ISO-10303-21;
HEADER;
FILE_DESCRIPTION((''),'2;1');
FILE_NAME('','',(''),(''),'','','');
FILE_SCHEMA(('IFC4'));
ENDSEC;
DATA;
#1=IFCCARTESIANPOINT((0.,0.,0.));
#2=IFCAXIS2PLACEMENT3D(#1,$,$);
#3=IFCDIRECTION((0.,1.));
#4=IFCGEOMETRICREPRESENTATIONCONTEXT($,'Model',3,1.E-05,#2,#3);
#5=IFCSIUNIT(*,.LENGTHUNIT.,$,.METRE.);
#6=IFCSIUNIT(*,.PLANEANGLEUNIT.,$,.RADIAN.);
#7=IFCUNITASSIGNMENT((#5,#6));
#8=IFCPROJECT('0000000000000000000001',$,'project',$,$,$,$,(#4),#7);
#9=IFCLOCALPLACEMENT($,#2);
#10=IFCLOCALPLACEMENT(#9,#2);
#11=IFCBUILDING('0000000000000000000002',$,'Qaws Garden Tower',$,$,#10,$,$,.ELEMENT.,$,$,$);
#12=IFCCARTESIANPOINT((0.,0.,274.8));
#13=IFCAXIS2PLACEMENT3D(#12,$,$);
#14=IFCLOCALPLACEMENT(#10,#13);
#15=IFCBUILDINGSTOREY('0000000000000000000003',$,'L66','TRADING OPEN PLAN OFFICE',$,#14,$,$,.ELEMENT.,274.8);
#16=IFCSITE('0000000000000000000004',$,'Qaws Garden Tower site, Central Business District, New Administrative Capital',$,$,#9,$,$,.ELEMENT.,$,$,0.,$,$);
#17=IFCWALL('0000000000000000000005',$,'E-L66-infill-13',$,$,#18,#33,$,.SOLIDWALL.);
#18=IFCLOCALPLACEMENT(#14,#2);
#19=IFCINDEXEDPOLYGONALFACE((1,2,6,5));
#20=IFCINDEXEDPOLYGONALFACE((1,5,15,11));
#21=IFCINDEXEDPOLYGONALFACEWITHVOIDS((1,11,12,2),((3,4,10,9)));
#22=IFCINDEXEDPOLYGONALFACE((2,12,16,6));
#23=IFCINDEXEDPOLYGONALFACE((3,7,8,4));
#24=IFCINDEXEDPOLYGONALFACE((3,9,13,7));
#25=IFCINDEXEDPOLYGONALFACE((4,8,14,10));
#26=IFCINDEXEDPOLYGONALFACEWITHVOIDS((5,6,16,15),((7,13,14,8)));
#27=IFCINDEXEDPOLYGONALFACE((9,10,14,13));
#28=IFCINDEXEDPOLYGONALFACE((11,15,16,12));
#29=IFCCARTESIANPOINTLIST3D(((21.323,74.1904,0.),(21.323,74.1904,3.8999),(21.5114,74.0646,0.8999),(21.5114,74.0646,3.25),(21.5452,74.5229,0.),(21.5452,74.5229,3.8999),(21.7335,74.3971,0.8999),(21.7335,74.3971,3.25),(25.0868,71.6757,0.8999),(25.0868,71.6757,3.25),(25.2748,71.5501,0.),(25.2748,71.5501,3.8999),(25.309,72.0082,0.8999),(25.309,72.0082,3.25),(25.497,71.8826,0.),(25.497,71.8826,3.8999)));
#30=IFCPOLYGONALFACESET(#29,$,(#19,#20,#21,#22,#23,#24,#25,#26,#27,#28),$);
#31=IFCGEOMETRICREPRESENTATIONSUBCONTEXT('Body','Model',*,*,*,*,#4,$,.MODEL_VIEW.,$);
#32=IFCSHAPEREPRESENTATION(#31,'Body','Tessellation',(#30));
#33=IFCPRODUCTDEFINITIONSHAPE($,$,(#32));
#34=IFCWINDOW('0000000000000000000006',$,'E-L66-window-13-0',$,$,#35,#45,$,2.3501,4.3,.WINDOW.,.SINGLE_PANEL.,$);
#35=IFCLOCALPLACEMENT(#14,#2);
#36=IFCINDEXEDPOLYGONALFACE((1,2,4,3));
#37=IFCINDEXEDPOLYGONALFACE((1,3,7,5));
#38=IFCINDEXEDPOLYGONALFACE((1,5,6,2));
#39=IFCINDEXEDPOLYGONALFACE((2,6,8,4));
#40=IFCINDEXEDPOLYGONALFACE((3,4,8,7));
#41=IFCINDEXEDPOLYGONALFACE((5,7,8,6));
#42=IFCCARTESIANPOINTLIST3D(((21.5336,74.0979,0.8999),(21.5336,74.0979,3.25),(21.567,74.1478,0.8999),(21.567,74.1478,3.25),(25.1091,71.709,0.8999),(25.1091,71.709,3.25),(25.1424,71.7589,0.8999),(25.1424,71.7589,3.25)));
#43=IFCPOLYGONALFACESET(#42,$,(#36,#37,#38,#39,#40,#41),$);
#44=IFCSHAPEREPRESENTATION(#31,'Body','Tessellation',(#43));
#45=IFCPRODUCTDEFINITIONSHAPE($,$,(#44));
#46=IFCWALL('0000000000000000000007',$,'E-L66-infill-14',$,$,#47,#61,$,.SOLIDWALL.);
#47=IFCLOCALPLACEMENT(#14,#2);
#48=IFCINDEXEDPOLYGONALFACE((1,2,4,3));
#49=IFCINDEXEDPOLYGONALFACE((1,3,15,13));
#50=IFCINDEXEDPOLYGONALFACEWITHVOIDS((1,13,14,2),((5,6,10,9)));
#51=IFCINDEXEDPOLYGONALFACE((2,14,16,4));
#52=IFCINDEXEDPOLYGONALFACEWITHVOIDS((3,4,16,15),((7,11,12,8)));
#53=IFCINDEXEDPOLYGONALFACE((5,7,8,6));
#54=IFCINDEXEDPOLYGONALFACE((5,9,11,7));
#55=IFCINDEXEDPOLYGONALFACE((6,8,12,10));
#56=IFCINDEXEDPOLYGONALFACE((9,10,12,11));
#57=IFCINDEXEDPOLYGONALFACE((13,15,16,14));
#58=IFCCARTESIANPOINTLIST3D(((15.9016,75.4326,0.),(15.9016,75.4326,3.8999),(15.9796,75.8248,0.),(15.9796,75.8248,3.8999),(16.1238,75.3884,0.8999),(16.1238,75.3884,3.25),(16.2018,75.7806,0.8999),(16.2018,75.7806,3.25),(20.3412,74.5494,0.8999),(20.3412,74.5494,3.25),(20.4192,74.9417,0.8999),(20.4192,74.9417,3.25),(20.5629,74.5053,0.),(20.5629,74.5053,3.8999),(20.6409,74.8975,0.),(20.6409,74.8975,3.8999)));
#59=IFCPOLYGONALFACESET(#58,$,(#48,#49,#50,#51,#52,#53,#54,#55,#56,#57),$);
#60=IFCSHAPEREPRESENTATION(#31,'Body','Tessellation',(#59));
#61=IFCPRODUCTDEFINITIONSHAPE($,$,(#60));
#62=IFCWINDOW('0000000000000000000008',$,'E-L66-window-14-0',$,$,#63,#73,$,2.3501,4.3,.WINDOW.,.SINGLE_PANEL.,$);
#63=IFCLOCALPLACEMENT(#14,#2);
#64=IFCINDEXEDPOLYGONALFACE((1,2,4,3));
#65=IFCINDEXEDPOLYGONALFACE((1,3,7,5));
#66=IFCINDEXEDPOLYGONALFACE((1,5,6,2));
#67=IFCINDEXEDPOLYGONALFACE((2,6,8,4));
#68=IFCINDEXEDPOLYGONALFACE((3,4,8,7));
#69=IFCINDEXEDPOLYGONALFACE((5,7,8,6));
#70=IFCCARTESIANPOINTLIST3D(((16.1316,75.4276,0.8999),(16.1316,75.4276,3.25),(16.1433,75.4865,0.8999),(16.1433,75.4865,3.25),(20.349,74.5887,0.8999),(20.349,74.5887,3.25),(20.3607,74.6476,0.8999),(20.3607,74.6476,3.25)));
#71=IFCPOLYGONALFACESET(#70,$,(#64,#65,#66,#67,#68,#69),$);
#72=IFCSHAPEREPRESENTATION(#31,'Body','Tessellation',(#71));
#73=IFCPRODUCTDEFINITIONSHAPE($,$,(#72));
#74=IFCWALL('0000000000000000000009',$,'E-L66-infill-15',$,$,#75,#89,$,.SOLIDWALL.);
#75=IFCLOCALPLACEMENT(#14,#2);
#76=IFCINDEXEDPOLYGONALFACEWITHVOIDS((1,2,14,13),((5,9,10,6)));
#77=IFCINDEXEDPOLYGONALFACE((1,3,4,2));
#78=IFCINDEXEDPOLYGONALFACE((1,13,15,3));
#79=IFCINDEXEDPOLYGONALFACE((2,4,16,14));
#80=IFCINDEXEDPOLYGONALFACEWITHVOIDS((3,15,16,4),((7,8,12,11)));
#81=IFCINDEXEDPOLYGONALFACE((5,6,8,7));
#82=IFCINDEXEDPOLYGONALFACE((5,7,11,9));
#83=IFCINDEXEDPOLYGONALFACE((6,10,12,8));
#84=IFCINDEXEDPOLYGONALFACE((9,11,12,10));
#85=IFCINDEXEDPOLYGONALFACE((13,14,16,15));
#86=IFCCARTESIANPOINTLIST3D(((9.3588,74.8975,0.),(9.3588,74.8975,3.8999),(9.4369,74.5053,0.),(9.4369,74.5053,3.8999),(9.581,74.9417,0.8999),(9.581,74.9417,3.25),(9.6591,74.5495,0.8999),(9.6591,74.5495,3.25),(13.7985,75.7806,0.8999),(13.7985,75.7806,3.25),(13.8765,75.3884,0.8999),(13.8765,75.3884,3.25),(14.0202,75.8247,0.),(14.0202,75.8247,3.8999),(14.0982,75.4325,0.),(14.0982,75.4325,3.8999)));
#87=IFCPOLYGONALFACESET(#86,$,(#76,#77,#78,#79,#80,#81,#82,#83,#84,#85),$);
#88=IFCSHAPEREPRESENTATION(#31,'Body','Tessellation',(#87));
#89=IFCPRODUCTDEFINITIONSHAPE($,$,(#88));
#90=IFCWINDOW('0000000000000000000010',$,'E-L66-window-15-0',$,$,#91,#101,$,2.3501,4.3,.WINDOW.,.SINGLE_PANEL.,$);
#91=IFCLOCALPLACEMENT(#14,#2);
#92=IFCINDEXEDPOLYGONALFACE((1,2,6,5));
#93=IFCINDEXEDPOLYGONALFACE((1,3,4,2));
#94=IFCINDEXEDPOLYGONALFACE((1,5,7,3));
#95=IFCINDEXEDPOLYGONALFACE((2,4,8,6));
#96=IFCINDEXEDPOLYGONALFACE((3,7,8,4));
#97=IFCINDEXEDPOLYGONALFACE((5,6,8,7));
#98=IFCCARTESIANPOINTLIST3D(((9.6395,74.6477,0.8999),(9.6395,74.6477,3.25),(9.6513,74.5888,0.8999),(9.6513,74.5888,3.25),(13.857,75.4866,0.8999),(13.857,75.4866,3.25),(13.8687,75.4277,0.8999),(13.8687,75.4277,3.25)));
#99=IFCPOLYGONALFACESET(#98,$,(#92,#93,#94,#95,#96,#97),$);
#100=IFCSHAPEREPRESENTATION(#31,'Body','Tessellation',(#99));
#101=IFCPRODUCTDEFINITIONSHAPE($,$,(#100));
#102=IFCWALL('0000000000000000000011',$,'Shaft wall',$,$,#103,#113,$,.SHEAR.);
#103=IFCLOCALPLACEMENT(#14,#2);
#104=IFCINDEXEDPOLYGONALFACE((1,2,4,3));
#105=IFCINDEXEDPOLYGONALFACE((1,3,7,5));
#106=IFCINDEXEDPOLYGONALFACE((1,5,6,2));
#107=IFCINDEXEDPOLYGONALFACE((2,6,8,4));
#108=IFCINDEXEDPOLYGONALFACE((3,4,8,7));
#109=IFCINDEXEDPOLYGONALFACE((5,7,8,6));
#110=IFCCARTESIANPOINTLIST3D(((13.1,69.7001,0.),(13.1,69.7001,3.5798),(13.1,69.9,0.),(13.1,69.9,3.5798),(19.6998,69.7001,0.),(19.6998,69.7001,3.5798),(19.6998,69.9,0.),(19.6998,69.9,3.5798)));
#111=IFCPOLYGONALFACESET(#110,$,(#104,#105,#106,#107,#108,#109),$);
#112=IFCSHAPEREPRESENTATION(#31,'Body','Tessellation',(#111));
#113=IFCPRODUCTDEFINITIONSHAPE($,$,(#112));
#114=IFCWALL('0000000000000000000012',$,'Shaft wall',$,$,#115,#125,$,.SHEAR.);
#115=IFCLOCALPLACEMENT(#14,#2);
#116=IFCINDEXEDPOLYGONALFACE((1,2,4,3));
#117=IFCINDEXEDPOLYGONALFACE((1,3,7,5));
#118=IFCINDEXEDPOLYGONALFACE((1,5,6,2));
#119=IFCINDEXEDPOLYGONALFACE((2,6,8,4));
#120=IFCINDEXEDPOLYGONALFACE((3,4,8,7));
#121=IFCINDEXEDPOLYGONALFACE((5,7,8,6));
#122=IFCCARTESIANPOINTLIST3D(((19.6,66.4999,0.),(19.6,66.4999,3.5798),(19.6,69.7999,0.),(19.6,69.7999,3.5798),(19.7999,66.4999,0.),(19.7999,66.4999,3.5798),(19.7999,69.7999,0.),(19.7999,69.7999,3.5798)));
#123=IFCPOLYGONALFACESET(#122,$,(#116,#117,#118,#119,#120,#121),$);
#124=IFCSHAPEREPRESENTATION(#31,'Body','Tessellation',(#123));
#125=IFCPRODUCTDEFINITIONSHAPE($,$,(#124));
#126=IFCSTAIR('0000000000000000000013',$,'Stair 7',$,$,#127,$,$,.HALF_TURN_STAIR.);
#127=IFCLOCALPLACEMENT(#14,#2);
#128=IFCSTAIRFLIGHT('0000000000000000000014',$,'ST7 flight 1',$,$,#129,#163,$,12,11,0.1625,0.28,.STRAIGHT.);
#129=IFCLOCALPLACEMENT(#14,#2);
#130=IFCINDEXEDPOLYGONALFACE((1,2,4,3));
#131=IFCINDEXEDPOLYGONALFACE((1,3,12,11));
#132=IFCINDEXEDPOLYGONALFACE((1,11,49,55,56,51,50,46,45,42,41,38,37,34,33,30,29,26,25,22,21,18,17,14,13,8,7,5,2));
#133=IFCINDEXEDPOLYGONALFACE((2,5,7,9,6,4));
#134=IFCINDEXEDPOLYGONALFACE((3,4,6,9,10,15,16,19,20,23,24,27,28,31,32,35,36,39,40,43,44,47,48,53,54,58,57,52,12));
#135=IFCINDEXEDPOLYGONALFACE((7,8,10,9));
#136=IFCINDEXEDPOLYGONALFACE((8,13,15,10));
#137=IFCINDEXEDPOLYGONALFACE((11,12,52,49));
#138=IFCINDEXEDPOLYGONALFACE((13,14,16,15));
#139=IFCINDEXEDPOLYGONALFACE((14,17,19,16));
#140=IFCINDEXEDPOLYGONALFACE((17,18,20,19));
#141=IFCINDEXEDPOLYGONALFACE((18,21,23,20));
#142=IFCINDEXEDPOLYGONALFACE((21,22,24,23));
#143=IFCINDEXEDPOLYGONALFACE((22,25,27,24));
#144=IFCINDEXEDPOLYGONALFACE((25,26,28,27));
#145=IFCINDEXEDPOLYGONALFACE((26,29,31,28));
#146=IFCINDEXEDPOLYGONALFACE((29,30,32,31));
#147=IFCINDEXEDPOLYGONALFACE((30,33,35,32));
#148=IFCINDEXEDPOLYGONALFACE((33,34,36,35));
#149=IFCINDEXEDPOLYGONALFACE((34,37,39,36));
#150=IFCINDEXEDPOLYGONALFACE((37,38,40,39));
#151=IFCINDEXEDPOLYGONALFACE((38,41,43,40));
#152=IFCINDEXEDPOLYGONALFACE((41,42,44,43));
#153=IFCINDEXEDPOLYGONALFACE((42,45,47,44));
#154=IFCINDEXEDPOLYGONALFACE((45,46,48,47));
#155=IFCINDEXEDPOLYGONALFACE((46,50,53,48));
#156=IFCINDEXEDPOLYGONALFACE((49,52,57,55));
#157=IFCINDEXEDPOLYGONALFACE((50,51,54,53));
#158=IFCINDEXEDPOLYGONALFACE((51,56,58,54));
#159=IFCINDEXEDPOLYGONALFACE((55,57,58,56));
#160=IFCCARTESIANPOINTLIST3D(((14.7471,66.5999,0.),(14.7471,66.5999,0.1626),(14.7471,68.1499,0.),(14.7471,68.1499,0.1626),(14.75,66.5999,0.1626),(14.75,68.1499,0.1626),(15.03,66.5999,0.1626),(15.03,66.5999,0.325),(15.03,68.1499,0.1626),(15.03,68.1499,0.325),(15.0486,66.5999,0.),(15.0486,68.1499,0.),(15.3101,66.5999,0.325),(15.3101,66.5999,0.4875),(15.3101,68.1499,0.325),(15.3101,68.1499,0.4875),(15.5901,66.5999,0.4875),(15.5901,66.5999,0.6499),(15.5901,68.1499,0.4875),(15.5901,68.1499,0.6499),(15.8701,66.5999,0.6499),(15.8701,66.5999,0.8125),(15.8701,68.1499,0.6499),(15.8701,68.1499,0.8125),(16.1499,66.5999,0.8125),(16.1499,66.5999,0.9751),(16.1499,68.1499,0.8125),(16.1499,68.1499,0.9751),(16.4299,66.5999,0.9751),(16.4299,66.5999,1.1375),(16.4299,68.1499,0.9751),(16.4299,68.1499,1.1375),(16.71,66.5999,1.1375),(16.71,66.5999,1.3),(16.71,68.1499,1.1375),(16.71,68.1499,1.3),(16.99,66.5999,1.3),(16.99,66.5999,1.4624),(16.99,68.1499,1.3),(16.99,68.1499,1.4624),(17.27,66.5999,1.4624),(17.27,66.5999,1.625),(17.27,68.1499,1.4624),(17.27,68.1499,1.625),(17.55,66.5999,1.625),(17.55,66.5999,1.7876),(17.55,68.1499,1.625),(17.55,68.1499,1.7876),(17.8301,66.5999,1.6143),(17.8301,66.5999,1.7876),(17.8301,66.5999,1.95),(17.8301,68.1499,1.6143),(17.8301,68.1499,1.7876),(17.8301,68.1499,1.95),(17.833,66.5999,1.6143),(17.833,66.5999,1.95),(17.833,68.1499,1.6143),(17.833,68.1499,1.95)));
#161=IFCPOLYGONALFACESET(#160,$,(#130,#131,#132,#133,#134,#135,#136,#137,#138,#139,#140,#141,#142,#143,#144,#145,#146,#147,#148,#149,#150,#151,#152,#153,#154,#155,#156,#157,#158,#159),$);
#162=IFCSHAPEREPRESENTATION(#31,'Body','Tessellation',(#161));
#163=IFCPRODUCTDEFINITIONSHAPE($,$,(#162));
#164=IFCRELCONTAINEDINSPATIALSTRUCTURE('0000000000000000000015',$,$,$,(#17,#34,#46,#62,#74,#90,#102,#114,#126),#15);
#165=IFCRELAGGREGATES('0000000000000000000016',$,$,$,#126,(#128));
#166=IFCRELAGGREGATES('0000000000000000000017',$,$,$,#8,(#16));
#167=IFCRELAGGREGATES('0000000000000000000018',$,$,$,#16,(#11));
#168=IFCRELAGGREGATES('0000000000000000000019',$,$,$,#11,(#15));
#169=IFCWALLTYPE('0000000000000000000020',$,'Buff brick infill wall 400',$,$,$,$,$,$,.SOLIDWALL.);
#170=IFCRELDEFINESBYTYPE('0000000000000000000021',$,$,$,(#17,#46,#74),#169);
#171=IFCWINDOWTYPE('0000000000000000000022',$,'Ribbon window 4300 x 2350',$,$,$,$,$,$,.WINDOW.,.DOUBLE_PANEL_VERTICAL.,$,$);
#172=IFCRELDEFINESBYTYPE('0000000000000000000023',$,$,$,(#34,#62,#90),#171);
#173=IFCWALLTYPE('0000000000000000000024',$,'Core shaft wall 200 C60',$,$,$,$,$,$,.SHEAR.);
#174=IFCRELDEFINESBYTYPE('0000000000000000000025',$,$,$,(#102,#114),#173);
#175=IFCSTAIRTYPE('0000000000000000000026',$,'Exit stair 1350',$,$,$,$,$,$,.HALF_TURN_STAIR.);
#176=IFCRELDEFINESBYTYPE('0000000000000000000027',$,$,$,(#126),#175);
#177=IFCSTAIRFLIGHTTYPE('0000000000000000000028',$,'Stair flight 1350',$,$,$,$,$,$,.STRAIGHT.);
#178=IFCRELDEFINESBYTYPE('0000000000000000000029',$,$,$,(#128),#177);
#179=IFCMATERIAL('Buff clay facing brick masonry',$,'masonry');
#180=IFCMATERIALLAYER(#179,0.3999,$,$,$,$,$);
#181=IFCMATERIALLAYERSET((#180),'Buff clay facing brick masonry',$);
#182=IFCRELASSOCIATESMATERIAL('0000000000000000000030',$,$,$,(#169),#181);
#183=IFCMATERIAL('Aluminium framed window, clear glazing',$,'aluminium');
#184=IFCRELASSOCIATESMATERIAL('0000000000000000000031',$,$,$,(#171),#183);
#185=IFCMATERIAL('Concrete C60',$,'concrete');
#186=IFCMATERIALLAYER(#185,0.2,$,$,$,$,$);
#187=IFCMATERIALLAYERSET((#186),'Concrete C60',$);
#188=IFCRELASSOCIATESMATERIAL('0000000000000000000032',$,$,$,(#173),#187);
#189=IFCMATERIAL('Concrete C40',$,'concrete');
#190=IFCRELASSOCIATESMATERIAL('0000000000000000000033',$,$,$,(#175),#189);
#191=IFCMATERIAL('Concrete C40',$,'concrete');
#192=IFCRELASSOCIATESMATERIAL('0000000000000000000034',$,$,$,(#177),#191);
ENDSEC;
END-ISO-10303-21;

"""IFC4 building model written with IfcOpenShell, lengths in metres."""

from ifc_helpers import new_model, si_unit, direction, frame, frame_2d, origin, place, context, subcontext, project, spatial, polyline, rectangle, outline, extrude, material, layer, layer_set, type_object, element, fill, aggregate, save


model = new_model("IFC4")

# Units and contexts
model_context = context("Model", 3, precision=1e-05, world=origin(), true_north=direction((0.0, 1.0)))
body_context = subcontext(model_context, "Body", "Model", "MODEL_VIEW")
ifc_project = project(units=[si_unit("LENGTHUNIT", "METRE"), si_unit("PLANEANGLEUNIT", "RADIAN")], contexts=[model_context])

# Site, building, storey
site_placement = place(None, origin())
site = spatial("IfcSite", under=ifc_project, at=site_placement, Name="Qaws Garden Tower site, Central Business District, New Administrative Capital", CompositionType="ELEMENT", RefElevation=0.0)
building_placement = place(site_placement, origin())
building = spatial("IfcBuilding", under=site, at=building_placement, Name="Qaws Garden Tower", CompositionType="ELEMENT")
storey_placement = place(building_placement, frame((0.0, 0.0, 274.8)))
storey = spatial("IfcBuildingStorey", under=building, at=storey_placement, Name="L66", Description="TRADING OPEN PLAN OFFICE", CompositionType="ELEMENT", Elevation=274.8)

# Walls, openings, windows
ifc_material_1 = material(Name="Buff clay facing brick masonry", Category="masonry")
ifc_layer_1 = layer(ifc_material_1, 0.3999)
ifc_layer_set_1 = layer_set([ifc_layer_1], Name="Buff clay facing brick masonry")
wall_type_1 = type_object("IfcWallType", Name="Buff brick infill wall 400", PredefinedType="SOLIDWALL", material=ifc_layer_set_1)
ifc_material_2 = material(Name="Aluminium framed window, clear glazing", Category="aluminium")
window_type = type_object("IfcWindowType", Name="Ribbon window 4300 x 2350", PartitioningType="DOUBLE_PANEL_VERTICAL", PredefinedType="WINDOW", material=ifc_material_2)
wall_1_placement = place(storey_placement, frame((25.386, 71.7163, 0.0), z_axis=(0.0, 0.0, 1.0), x_axis=(-0.831489, 0.555542, 0.0)))
wall_1 = element("IfcWall", 1, at=wall_1_placement, inside=storey, type_object=wall_type_1, Name="E-L66-infill-13", PredefinedType="SOLIDWALL", context=body_context, shape_type="SweptSolid", body=[
    extrude(rectangle(XDim=4.7527, YDim=0.3999, at=frame_2d((2.3765, 0.0))), origin(), (0.0, 0.0, 1.0), 3.8999),
])
opening_1_placement = place(wall_1_placement, frame((0.2263, 0.0, 0.8999)))
opening_1 = element("IfcOpeningElement", 2, at=opening_1_placement, cuts=wall_1, PredefinedType="OPENING", context=body_context, shape_type="SweptSolid", body=[
    extrude(rectangle(XDim=4.3, YDim=2.3501, at=frame_2d((2.1499, 1.175))), frame((0.0, 0.21, 0.0), z_axis=(0.0, -1.0, 0.0), x_axis=(1.0, 0.0, 0.0)), (0.0, 0.0, 1.0), 0.4199),
])
window_1_placement = place(opening_1_placement, origin())
window_1 = element("IfcWindow", 3, at=window_1_placement, inside=storey, type_object=window_type, Name="E-L66-window-13-0", OverallHeight=2.3501, OverallWidth=4.3, PartitioningType="SINGLE_PANEL", PredefinedType="WINDOW", context=body_context, shape_type="SweptSolid", body=[
    extrude(rectangle(XDim=4.3, YDim=2.3501, at=frame_2d((2.1499, 1.175))), frame((0.0, 0.1599, 0.0), z_axis=(0.0, -1.0, 0.0), x_axis=(1.0, 0.0, 0.0)), (0.0, 0.0, 1.0), 0.0601),
])
fill(opening_1, window_1)
wall_2_placement = place(storey_placement, frame((20.6021, 74.7014, 0.0), z_axis=(0.0, 0.0, 1.0), x_axis=(-0.980784, 0.195099, 0.0)))
wall_2 = element("IfcWall", 4, at=wall_2_placement, inside=storey, type_object=wall_type_1, Name="E-L66-infill-14", PredefinedType="SOLIDWALL", context=body_context, shape_type="SweptSolid", body=[
    extrude(rectangle(XDim=4.7527, YDim=0.3999, at=frame_2d((2.3765, 0.0))), origin(), (0.0, 0.0, 1.0), 3.8999),
])
opening_2_placement = place(wall_2_placement, frame((0.2263, 0.0, 0.8999)))
opening_2 = element("IfcOpeningElement", 5, at=opening_2_placement, cuts=wall_2, PredefinedType="OPENING", context=body_context, shape_type="SweptSolid", body=[
    extrude(rectangle(XDim=4.3, YDim=2.3501, at=frame_2d((2.1499, 1.175))), frame((0.0, 0.21, 0.0), z_axis=(0.0, -1.0, 0.0), x_axis=(1.0, 0.0, 0.0)), (0.0, 0.0, 1.0), 0.4199),
])
window_2_placement = place(opening_2_placement, origin())
window_2 = element("IfcWindow", 6, at=window_2_placement, inside=storey, type_object=window_type, Name="E-L66-window-14-0", OverallHeight=2.3501, OverallWidth=4.3, PartitioningType="SINGLE_PANEL", PredefinedType="WINDOW", context=body_context, shape_type="SweptSolid", body=[
    extrude(rectangle(XDim=4.3, YDim=2.3501, at=frame_2d((2.1499, 1.175))), frame((0.0, 0.1599, 0.0), z_axis=(0.0, -1.0, 0.0), x_axis=(1.0, 0.0, 0.0)), (0.0, 0.0, 1.0), 0.0601),
])
fill(opening_2, window_2)
wall_3_placement = place(storey_placement, frame((14.0593, 75.6287, 0.0), z_axis=(0.0, 0.0, 1.0), x_axis=(-0.980784, -0.195099, 0.0)))
wall_3 = element("IfcWall", 7, at=wall_3_placement, inside=storey, type_object=wall_type_1, Name="E-L66-infill-15", PredefinedType="SOLIDWALL", context=body_context, shape_type="SweptSolid", body=[
    extrude(rectangle(XDim=4.7527, YDim=0.3999, at=frame_2d((2.3765, 0.0))), origin(), (0.0, 0.0, 1.0), 3.8999),
])
opening_3_placement = place(wall_3_placement, frame((0.2263, 0.0, 0.8999)))
opening_3 = element("IfcOpeningElement", 8, at=opening_3_placement, cuts=wall_3, PredefinedType="OPENING", context=body_context, shape_type="SweptSolid", body=[
    extrude(rectangle(XDim=4.3, YDim=2.3501, at=frame_2d((2.1499, 1.175))), frame((0.0, 0.21, 0.0), z_axis=(0.0, -1.0, 0.0), x_axis=(1.0, 0.0, 0.0)), (0.0, 0.0, 1.0), 0.4199),
])
window_3_placement = place(opening_3_placement, origin())
window_3 = element("IfcWindow", 9, at=window_3_placement, inside=storey, type_object=window_type, Name="E-L66-window-15-0", OverallHeight=2.3501, OverallWidth=4.3, PartitioningType="SINGLE_PANEL", PredefinedType="WINDOW", context=body_context, shape_type="SweptSolid", body=[
    extrude(rectangle(XDim=4.3, YDim=2.3501, at=frame_2d((2.1499, 1.175))), frame((0.0, 0.1599, 0.0), z_axis=(0.0, -1.0, 0.0), x_axis=(1.0, 0.0, 0.0)), (0.0, 0.0, 1.0), 0.0601),
])
fill(opening_3, window_3)

# Walls
ifc_material_3 = material(Name="Concrete C60", Category="concrete")
ifc_layer_2 = layer(ifc_material_3, 0.2)
ifc_layer_set_2 = layer_set([ifc_layer_2], Name="Concrete C60")
wall_type_2 = type_object("IfcWallType", Name="Core shaft wall 200 C60", PredefinedType="SHEAR", material=ifc_layer_set_2)
wall_4_placement = place(storey_placement, frame((13.1001, 69.8, 0.0), z_axis=(0.0, 0.0, 1.0), x_axis=(1.0, 0.0, 0.0)))
element("IfcWall", 10, at=wall_4_placement, inside=storey, type_object=wall_type_2, Name="Shaft wall", PredefinedType="SHEAR", context=body_context, shape_type="SweptSolid", body=[
    extrude(rectangle(XDim=6.5999, YDim=0.2, at=frame_2d((3.2998, 0.0))), origin(), (0.0, 0.0, 1.0), 3.5798),
])
wall_5_placement = place(storey_placement, frame((19.7, 66.5, 0.0), z_axis=(0.0, 0.0, 1.0), x_axis=(0.0, 1.0, 0.0)))
element("IfcWall", 11, at=wall_5_placement, inside=storey, type_object=wall_type_2, Name="Shaft wall", PredefinedType="SHEAR", context=body_context, shape_type="SweptSolid", body=[
    extrude(rectangle(XDim=3.3, YDim=0.2, at=frame_2d((1.6499, 0.0))), origin(), (0.0, 0.0, 1.0), 3.5798),
])

# Stair, stair flight
ifc_material_4 = material(Name="Concrete C40", Category="concrete")
stair_type = type_object("IfcStairType", Name="Exit stair 1350", PredefinedType="HALF_TURN_STAIR", material=ifc_material_4)
stair_placement = place(storey_placement, origin())
stair = element("IfcStair", 12, at=stair_placement, inside=storey, type_object=stair_type, Name="Stair 7", PredefinedType="HALF_TURN_STAIR")
ifc_material_5 = material(Name="Concrete C40", Category="concrete")
stair_flight_type = type_object("IfcStairFlightType", Name="Stair flight 1350", PredefinedType="STRAIGHT", material=ifc_material_5)
stair_flight_1_placement = place(storey_placement, frame((14.75, 67.375, 0.0), z_axis=(0.0, 0.0, 1.0), x_axis=(1.0, 0.0, 0.0)))
stair_flight_1 = element("IfcStairFlight", 13, at=stair_flight_1_placement, type_object=stair_flight_type, Name="ST7 flight 1", NumberOfRisers=12, NumberOfTreads=11, PredefinedType="STRAIGHT", RiserHeight=0.1625, TreadLength=0.28, context=body_context, shape_type="SweptSolid", body=[
    extrude(outline(polyline([(-0.0029, 0.0), (-0.0029, 0.1626), (0.0, 0.1626), (0.28, 0.1626), (0.28, 0.325), (0.5601, 0.325), (0.5601, 0.4875), (0.8401, 0.4875), (0.8401, 0.6499), (1.1201, 0.6499), (1.1201, 0.8125), (1.3999, 0.8125), (1.3999, 0.9751), (1.6799, 0.9751), (1.6799, 1.1375), (1.96, 1.1375), (1.96, 1.3), (2.24, 1.3), (2.24, 1.4624), (2.52, 1.4624), (2.52, 1.625), (2.8, 1.625), (2.8, 1.7876), (3.0801, 1.7876), (3.0801, 1.95), (3.083, 1.95), (3.083, 1.6143), (3.0801, 1.6143), (0.2986, 0.0), (-0.0029, 0.0)])), frame((0.0, 0.7749, 0.0), z_axis=(0.0, -1.0, 0.0), x_axis=(1.0, 0.0, 0.0)), (0.0, 0.0, 1.0), 1.55),
])
aggregate(stair, [stair_flight_1])

save(model, "model.ifc")
